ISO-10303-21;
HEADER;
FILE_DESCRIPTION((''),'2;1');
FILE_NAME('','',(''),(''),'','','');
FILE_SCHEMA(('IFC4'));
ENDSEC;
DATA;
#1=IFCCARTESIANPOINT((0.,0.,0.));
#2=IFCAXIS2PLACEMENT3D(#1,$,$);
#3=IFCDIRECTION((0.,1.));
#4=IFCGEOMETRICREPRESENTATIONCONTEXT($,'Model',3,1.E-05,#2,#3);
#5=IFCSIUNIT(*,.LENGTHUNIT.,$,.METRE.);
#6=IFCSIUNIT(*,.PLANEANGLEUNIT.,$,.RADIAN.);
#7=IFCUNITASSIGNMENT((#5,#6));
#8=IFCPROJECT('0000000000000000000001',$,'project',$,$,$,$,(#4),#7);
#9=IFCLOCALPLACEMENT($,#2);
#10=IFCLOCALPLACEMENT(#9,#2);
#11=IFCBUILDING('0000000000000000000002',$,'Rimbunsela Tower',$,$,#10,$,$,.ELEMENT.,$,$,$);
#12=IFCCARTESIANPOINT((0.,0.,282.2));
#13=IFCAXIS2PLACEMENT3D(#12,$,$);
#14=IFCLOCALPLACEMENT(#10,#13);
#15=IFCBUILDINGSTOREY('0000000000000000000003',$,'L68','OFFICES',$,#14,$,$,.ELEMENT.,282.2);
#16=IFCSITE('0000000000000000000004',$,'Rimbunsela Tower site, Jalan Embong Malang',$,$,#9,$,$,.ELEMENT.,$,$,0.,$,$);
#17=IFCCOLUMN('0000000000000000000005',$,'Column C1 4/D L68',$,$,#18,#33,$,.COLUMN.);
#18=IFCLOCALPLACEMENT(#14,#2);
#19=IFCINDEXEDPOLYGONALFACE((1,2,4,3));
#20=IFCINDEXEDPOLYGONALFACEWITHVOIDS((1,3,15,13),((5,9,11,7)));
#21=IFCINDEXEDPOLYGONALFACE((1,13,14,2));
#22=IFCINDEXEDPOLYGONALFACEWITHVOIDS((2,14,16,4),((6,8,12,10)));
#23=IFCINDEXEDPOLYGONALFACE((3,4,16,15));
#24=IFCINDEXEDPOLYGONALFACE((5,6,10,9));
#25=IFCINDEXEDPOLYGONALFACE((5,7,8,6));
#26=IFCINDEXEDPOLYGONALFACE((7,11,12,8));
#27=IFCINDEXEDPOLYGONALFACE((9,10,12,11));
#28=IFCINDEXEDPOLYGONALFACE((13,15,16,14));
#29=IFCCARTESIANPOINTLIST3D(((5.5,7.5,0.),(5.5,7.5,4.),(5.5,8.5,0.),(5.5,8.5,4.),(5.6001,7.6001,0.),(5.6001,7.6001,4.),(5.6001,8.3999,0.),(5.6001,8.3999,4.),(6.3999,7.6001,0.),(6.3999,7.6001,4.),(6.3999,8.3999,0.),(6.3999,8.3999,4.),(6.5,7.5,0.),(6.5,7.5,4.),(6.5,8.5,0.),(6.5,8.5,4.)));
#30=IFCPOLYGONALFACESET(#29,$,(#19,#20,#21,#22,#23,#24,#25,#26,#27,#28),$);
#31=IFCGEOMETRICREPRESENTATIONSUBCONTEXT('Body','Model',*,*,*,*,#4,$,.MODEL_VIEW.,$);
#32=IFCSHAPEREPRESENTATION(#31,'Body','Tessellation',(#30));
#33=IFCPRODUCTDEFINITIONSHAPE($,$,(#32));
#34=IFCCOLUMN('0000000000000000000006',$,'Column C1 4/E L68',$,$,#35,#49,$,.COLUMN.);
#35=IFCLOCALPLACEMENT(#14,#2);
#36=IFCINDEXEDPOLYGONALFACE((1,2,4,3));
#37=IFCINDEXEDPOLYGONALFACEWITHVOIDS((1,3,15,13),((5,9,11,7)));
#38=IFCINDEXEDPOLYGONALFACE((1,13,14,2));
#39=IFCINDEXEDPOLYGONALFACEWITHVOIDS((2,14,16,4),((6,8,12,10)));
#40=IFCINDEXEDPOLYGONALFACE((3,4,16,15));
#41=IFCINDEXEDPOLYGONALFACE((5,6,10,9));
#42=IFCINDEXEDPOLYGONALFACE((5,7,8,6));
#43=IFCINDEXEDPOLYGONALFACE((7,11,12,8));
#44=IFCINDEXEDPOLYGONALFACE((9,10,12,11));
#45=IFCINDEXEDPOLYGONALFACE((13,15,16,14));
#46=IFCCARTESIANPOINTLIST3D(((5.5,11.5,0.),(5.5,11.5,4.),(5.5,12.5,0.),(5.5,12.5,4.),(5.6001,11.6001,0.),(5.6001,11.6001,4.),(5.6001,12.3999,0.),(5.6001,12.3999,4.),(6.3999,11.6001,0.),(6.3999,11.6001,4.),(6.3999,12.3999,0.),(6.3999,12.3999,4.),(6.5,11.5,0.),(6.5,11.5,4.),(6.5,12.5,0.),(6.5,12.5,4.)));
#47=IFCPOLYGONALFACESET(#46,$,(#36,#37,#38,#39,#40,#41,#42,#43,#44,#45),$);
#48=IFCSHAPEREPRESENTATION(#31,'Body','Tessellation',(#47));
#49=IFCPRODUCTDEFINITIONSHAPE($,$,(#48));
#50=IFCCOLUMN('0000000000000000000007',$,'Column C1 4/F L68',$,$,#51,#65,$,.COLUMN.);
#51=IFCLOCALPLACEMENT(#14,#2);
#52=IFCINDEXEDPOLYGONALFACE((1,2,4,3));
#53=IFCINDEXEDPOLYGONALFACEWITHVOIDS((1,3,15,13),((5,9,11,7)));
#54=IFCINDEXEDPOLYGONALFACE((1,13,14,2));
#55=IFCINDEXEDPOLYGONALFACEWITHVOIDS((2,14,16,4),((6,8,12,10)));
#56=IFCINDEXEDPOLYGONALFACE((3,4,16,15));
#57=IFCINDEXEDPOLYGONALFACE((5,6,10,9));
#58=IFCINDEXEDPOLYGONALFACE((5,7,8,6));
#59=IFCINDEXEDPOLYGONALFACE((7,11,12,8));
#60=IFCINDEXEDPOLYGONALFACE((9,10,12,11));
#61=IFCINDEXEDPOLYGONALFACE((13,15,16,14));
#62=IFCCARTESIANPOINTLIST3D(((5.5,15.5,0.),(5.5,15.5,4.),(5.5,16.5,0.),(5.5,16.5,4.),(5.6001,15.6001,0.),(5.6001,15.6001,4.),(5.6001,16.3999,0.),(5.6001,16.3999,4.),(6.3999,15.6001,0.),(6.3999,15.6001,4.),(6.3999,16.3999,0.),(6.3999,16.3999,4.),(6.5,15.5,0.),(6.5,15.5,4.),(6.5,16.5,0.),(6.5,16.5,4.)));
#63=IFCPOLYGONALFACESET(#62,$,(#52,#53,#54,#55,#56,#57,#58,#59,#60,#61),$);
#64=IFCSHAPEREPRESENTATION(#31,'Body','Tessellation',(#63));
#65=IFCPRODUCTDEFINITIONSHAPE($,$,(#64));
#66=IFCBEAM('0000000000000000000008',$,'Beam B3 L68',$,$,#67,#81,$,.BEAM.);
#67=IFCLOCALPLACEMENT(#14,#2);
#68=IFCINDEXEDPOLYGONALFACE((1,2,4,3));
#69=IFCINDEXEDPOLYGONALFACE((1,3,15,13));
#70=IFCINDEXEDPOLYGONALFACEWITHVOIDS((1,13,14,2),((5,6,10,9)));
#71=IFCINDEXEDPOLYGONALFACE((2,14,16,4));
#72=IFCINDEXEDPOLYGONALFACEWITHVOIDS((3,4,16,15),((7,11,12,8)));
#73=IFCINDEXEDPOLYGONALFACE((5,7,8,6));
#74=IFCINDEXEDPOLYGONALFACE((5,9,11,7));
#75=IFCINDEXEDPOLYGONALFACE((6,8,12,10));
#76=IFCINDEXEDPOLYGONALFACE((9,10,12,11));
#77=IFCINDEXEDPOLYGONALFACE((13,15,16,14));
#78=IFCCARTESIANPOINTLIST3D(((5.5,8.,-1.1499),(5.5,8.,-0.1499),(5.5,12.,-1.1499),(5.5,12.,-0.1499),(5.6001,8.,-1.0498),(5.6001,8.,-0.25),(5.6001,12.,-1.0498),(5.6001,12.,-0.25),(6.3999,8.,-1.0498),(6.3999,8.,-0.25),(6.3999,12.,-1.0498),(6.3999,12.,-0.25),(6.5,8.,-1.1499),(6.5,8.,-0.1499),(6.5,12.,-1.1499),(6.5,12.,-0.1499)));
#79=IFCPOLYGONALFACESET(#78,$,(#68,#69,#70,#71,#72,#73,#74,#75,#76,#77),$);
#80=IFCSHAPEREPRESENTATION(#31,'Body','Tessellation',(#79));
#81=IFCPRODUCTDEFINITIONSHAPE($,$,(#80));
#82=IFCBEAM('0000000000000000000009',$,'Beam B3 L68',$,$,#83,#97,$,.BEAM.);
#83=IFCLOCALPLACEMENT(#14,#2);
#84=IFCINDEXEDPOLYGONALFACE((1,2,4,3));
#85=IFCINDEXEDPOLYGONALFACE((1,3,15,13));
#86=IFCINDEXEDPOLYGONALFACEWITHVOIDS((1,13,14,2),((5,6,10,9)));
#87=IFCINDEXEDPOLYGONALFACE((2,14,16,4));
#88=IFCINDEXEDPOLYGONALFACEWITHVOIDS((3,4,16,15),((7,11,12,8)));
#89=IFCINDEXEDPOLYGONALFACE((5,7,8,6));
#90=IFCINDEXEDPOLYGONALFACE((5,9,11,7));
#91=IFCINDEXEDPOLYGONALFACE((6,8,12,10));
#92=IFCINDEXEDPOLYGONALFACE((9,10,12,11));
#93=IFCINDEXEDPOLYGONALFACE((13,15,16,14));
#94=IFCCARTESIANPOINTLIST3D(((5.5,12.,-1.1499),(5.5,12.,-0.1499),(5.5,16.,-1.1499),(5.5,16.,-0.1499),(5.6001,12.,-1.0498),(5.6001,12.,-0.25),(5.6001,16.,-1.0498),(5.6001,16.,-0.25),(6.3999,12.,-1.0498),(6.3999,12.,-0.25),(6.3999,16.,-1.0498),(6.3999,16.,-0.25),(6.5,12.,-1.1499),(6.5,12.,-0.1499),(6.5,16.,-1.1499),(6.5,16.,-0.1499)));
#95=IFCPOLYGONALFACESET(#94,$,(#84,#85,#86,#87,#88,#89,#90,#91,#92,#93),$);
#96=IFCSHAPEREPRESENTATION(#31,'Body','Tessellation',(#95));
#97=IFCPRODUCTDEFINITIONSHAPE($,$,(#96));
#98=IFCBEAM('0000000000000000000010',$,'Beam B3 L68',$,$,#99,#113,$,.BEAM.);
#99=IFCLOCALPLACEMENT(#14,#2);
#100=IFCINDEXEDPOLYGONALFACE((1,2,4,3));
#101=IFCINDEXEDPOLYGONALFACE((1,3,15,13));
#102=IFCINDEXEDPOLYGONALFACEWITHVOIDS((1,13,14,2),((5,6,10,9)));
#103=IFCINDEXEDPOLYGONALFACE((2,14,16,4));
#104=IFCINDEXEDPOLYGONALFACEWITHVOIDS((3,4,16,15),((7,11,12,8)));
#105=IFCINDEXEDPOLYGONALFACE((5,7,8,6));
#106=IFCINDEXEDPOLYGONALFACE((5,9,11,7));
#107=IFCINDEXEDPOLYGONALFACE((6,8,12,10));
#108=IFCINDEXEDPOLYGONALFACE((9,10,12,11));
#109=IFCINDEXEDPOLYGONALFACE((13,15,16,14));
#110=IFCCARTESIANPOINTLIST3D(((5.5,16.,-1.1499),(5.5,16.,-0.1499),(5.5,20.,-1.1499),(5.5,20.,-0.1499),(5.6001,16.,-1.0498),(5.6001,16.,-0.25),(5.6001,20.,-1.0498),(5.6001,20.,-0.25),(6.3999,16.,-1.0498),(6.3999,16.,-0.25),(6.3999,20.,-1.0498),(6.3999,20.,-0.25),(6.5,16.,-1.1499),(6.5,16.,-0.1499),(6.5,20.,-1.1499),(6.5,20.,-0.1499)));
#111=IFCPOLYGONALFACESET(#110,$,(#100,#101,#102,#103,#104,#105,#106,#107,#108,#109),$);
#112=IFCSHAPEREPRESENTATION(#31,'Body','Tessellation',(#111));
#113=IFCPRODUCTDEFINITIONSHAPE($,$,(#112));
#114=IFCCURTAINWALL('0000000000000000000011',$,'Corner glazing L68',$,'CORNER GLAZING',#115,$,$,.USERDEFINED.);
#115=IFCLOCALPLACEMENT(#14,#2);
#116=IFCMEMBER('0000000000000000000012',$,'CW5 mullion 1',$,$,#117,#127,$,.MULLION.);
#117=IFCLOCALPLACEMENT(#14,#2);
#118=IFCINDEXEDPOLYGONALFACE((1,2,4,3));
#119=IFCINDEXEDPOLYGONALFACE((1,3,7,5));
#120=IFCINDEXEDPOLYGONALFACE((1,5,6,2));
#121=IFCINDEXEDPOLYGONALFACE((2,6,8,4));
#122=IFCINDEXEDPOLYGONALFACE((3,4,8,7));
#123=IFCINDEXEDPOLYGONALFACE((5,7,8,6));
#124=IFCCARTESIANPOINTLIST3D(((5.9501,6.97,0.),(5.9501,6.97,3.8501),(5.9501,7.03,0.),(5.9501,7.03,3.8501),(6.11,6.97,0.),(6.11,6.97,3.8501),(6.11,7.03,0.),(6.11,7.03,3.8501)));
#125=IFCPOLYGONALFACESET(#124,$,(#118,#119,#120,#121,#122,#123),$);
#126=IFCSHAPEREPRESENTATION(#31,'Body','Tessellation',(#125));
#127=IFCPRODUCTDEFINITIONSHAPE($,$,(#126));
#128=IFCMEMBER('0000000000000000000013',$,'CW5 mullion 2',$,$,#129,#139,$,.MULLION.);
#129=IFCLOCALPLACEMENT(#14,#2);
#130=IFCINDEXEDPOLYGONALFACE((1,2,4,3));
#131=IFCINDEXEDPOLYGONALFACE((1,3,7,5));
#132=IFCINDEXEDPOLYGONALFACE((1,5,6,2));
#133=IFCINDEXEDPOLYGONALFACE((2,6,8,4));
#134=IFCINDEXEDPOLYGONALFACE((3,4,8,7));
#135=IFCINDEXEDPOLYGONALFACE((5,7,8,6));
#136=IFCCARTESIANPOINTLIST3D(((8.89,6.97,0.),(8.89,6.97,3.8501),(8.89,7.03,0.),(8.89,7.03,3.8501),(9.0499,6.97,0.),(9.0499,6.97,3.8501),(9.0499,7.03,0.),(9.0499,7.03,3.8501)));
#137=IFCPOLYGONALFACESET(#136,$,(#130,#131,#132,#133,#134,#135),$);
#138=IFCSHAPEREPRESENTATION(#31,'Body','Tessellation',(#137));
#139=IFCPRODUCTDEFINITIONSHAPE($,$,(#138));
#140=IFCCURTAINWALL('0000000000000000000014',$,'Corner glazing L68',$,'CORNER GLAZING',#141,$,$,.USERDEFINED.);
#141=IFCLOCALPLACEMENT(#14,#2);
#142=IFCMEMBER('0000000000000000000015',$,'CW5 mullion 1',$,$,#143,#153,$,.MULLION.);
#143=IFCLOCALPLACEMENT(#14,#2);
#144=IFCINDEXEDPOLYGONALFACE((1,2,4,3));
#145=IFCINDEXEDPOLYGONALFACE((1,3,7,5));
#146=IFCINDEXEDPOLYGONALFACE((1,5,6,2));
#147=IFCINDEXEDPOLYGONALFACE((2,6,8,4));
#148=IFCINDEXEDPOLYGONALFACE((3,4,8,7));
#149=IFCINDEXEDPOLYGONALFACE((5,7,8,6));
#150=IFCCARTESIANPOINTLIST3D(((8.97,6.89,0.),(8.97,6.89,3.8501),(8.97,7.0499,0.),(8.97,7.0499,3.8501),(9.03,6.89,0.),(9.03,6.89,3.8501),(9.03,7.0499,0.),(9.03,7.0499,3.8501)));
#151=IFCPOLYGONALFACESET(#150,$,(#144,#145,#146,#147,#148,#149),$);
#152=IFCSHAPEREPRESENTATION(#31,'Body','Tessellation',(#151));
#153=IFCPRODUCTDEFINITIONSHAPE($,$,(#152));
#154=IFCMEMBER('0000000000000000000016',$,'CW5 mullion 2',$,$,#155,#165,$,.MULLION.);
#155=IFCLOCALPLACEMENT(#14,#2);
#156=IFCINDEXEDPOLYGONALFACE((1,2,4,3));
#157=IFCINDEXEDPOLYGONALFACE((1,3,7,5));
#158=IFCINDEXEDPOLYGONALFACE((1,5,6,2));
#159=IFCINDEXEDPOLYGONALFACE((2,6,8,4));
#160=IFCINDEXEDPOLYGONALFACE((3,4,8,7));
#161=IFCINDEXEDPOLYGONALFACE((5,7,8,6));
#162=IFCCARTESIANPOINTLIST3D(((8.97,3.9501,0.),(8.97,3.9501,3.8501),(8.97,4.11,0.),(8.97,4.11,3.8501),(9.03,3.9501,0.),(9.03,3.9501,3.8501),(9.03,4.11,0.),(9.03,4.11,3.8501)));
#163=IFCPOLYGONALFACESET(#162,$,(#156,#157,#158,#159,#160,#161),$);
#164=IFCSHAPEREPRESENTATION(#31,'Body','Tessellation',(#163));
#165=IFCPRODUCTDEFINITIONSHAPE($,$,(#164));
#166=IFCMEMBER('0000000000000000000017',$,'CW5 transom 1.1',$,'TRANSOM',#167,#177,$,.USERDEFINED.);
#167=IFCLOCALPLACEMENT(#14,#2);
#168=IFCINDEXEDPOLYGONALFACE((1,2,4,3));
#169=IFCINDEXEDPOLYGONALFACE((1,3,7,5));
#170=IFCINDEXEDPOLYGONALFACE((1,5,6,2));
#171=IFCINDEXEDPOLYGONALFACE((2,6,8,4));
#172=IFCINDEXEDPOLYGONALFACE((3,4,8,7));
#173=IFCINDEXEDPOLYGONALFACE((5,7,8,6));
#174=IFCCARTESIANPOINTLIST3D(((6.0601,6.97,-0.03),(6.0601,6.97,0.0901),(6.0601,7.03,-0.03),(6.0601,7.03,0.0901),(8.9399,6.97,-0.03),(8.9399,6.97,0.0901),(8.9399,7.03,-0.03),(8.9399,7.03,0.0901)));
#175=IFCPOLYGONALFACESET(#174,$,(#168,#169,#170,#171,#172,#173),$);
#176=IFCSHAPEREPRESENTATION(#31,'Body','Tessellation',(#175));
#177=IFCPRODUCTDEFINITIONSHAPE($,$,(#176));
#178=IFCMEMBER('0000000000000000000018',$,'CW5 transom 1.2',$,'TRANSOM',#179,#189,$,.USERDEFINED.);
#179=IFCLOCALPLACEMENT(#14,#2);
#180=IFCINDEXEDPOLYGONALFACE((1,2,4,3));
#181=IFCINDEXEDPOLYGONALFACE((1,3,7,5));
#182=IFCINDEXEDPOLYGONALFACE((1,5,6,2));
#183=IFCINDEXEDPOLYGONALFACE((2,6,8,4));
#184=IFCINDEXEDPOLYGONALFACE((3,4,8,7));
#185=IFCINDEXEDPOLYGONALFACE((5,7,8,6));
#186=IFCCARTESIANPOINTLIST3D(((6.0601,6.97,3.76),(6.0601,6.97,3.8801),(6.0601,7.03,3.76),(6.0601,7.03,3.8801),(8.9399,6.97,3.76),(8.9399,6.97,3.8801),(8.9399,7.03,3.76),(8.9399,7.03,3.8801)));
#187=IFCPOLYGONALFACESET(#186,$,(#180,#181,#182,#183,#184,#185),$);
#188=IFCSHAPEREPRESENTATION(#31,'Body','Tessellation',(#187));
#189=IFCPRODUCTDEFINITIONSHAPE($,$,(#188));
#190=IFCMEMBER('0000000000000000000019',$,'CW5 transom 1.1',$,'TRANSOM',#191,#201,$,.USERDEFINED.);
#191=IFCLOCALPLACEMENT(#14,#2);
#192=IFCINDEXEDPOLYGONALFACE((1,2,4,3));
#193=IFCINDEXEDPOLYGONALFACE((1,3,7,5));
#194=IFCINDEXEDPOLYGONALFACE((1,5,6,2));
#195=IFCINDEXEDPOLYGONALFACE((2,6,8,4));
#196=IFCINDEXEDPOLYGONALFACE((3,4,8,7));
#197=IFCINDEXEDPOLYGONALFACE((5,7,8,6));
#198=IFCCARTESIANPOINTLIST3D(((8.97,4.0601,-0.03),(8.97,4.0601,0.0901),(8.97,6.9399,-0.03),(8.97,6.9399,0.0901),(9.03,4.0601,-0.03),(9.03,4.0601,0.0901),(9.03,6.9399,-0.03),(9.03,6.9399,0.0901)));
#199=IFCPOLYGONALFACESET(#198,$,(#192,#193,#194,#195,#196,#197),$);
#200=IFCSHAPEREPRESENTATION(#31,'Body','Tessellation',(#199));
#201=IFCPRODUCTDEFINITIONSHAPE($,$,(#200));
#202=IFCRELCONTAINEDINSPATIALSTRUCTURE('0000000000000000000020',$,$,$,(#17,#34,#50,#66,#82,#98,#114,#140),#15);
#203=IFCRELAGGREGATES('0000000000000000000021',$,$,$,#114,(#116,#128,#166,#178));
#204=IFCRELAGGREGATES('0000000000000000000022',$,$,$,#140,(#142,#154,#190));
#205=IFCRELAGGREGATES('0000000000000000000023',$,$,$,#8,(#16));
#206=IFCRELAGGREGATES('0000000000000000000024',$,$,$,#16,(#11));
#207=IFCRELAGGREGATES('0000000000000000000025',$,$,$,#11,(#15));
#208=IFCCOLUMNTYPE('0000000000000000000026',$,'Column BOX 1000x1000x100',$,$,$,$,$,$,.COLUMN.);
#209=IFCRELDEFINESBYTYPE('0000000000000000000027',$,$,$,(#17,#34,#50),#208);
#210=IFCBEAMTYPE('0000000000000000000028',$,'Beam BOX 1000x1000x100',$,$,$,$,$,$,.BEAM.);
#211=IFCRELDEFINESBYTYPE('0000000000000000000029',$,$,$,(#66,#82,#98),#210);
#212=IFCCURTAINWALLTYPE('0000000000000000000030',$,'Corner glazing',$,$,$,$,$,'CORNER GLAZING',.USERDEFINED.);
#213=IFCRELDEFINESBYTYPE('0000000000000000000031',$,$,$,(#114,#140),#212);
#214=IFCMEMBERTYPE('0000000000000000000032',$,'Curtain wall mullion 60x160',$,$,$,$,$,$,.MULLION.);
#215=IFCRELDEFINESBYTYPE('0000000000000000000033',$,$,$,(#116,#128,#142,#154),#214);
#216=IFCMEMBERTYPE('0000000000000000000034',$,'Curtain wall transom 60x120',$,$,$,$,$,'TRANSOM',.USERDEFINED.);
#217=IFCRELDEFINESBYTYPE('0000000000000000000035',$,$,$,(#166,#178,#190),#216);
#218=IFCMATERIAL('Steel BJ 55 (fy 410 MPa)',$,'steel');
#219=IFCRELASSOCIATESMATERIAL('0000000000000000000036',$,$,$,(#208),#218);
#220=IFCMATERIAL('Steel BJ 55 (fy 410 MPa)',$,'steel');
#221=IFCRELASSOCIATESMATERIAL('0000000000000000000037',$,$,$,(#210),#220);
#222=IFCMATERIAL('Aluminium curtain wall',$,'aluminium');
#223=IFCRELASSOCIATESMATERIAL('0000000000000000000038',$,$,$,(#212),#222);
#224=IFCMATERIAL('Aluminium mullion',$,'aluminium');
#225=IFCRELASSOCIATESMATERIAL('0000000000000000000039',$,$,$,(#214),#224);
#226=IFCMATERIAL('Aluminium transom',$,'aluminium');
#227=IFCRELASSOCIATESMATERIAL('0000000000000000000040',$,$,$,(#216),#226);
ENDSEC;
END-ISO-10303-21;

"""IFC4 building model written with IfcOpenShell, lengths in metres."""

from ifc_helpers import new_model, si_unit, direction, frame, origin, origin_2d, place, context, subcontext, project, spatial, rectangle, hollow_rectangle, extrude, material, material_profile, profile_set, type_object, element, aggregate, save


model = new_model("IFC4")

# Units and contexts
model_context = context("Model", 3, precision=1e-05, world=origin(), true_north=direction((0.0, 1.0)))
body_context = subcontext(model_context, "Body", "Model", "MODEL_VIEW")
ifc_project = project(units=[si_unit("LENGTHUNIT", "METRE"), si_unit("PLANEANGLEUNIT", "RADIAN")], contexts=[model_context])

# Site, building, storey
site_placement = place(None, origin())
site = spatial("IfcSite", under=ifc_project, at=site_placement, Name="Rimbunsela Tower site, Jalan Embong Malang", CompositionType="ELEMENT", RefElevation=0.0)
building_placement = place(site_placement, origin())
building = spatial("IfcBuilding", under=site, at=building_placement, Name="Rimbunsela Tower", CompositionType="ELEMENT")
storey_placement = place(building_placement, frame((0.0, 0.0, 282.2)))
storey = spatial("IfcBuildingStorey", under=building, at=storey_placement, Name="L68", Description="OFFICES", CompositionType="ELEMENT", Elevation=282.2)

# Columns
ifc_material_1 = material(Name="Steel BJ 55 (fy 410 MPa)", Category="steel")
ifc_material_profile_1 = material_profile(ifc_material_1, hollow_rectangle(XDim=1.0, YDim=1.0, WallThickness=0.1001, at=origin_2d()), Name="BOX 1000x1000x100")
ifc_profile_set_1 = profile_set([ifc_material_profile_1], Name="Steel BJ 55 (fy 410 MPa)")
column_type = type_object("IfcColumnType", Name="Column BOX 1000x1000x100", PredefinedType="COLUMN", material=ifc_profile_set_1)
for number, where, z_axis, x_axis, name in (
    (1, (6.0, 8.0, 0.0), (0.0, 0.0, 1.0), (1.0, 0.0, 0.0), "Column C1 4/D L68"),
    (2, (6.0, 12.0, 0.0), (0.0, 0.0, 1.0), (1.0, 0.0, 0.0), "Column C1 4/E L68"),
    (3, (6.0, 16.0, 0.0), (0.0, 0.0, 1.0), (1.0, 0.0, 0.0), "Column C1 4/F L68"),
):
    element("IfcColumn", number, at=place(storey_placement, frame(where, z_axis=z_axis, x_axis=x_axis)), inside=storey, type_object=column_type, Name=name, PredefinedType="COLUMN", context=body_context, shape_type="SweptSolid", body=[
        extrude(hollow_rectangle(XDim=1.0, YDim=1.0, WallThickness=0.1001, at=origin_2d()), origin(), (0.0, 0.0, 1.0), 4.0),
    ])

# Beams
ifc_material_2 = material(Name="Steel BJ 55 (fy 410 MPa)", Category="steel")
ifc_material_profile_2 = material_profile(ifc_material_2, hollow_rectangle(XDim=1.0, YDim=1.0, WallThickness=0.1001, at=origin_2d()), Name="BOX 1000x1000x100")
ifc_profile_set_2 = profile_set([ifc_material_profile_2], Name="Steel BJ 55 (fy 410 MPa)")
beam_type = type_object("IfcBeamType", Name="Beam BOX 1000x1000x100", PredefinedType="BEAM", material=ifc_profile_set_2)
for number, where, z_axis, x_axis, name in (
    (4, (6.0, 8.0, -0.6499), (0.0, 1.0, 0.0), (-1.0, 0.0, 0.0), "Beam B3 L68"),
    (5, (6.0, 12.0, -0.6499), (0.0, 1.0, 0.0), (-1.0, 0.0, 0.0), "Beam B3 L68"),
    (6, (6.0, 16.0, -0.6499), (0.0, 1.0, 0.0), (-1.0, 0.0, 0.0), "Beam B3 L68"),
):
    element("IfcBeam", number, at=place(storey_placement, frame(where, z_axis=z_axis, x_axis=x_axis)), inside=storey, type_object=beam_type, Name=name, PredefinedType="BEAM", context=body_context, shape_type="SweptSolid", body=[
        extrude(hollow_rectangle(XDim=1.0, YDim=1.0, WallThickness=0.1001, at=origin_2d()), origin(), (0.0, 0.0, 1.0), 4.0),
    ])

# Curtain walls, members
ifc_material_3 = material(Name="Aluminium curtain wall", Category="aluminium")
curtain_wall_type = type_object("IfcCurtainWallType", Name="Corner glazing", ElementType="CORNER GLAZING", PredefinedType="USERDEFINED", material=ifc_material_3)
curtain_wall_1_placement = place(storey_placement, origin())
curtain_wall_1 = element("IfcCurtainWall", 7, at=curtain_wall_1_placement, inside=storey, type_object=curtain_wall_type, Name="Corner glazing L68", ObjectType="CORNER GLAZING", PredefinedType="USERDEFINED")
ifc_material_4 = material(Name="Aluminium mullion", Category="aluminium")
ifc_material_profile_3 = material_profile(ifc_material_4, rectangle(XDim=0.0601, YDim=0.1599, at=origin_2d()), Name="Mullion 60x160")
ifc_profile_set_3 = profile_set([ifc_material_profile_3], Name="Aluminium mullion")
member_type_1 = type_object("IfcMemberType", Name="Curtain wall mullion 60x160", PredefinedType="MULLION", material=ifc_profile_set_3)
member_1_placement = place(storey_placement, frame((6.03, 7.0, 0.0), z_axis=(0.0, 0.0, 1.0), x_axis=(0.0, 1.0, 0.0)))
member_1 = element("IfcMember", 8, at=member_1_placement, type_object=member_type_1, Name="CW5 mullion 1", PredefinedType="MULLION", context=body_context, shape_type="SweptSolid", body=[
    extrude(rectangle(XDim=0.0601, YDim=0.1599, at=origin_2d()), origin(), (0.0, 0.0, 1.0), 3.8501),
])
member_2_placement = place(storey_placement, frame((8.97, 7.0, 0.0), z_axis=(0.0, 0.0, 1.0), x_axis=(0.0, 1.0, 0.0)))
member_2 = element("IfcMember", 9, at=member_2_placement, type_object=member_type_1, Name="CW5 mullion 2", PredefinedType="MULLION", context=body_context, shape_type="SweptSolid", body=[
    extrude(rectangle(XDim=0.0601, YDim=0.1599, at=origin_2d()), origin(), (0.0, 0.0, 1.0), 3.8501),
])
curtain_wall_2_placement = place(storey_placement, origin())
curtain_wall_2 = element("IfcCurtainWall", 10, at=curtain_wall_2_placement, inside=storey, type_object=curtain_wall_type, Name="Corner glazing L68", ObjectType="CORNER GLAZING", PredefinedType="USERDEFINED")
member_3_placement = place(storey_placement, frame((9.0, 6.97, 0.0), z_axis=(0.0, 0.0, 1.0), x_axis=(1.0, 0.0, 0.0)))
member_3 = element("IfcMember", 11, at=member_3_placement, type_object=member_type_1, Name="CW5 mullion 1", PredefinedType="MULLION", context=body_context, shape_type="SweptSolid", body=[
    extrude(rectangle(XDim=0.0601, YDim=0.1599, at=origin_2d()), origin(), (0.0, 0.0, 1.0), 3.8501),
])
member_4_placement = place(storey_placement, frame((9.0, 4.03, 0.0), z_axis=(0.0, 0.0, 1.0), x_axis=(1.0, 0.0, 0.0)))
member_4 = element("IfcMember", 12, at=member_4_placement, type_object=member_type_1, Name="CW5 mullion 2", PredefinedType="MULLION", context=body_context, shape_type="SweptSolid", body=[
    extrude(rectangle(XDim=0.0601, YDim=0.1599, at=origin_2d()), origin(), (0.0, 0.0, 1.0), 3.8501),
])

# Members
ifc_material_5 = material(Name="Aluminium transom", Category="aluminium")
ifc_material_profile_4 = material_profile(ifc_material_5, rectangle(XDim=0.0601, YDim=0.1201, at=origin_2d()), Name="Transom 60x120")
ifc_profile_set_4 = profile_set([ifc_material_profile_4], Name="Aluminium transom")
member_type_2 = type_object("IfcMemberType", Name="Curtain wall transom 60x120", ElementType="TRANSOM", PredefinedType="USERDEFINED", material=ifc_profile_set_4)
member_5_placement = place(storey_placement, frame((6.0601, 7.0, 0.03), z_axis=(1.0, 0.0, 0.0), x_axis=(0.0, 1.0, 0.0)))
member_5 = element("IfcMember", 13, at=member_5_placement, type_object=member_type_2, Name="CW5 transom 1.1", ObjectType="TRANSOM", PredefinedType="USERDEFINED", context=body_context, shape_type="SweptSolid", body=[
    extrude(rectangle(XDim=0.0601, YDim=0.1201, at=origin_2d()), origin(), (0.0, 0.0, 1.0), 2.8799),
])
member_6_placement = place(storey_placement, frame((6.0601, 7.0, 3.8201), z_axis=(1.0, 0.0, 0.0), x_axis=(0.0, 1.0, 0.0)))
member_6 = element("IfcMember", 14, at=member_6_placement, type_object=member_type_2, Name="CW5 transom 1.2", ObjectType="TRANSOM", PredefinedType="USERDEFINED", context=body_context, shape_type="SweptSolid", body=[
    extrude(rectangle(XDim=0.0601, YDim=0.1201, at=origin_2d()), origin(), (0.0, 0.0, 1.0), 2.8799),
])
member_7_placement = place(storey_placement, frame((9.0, 6.9399, 0.03), z_axis=(0.0, -1.0, 0.0), x_axis=(1.0, 0.0, 0.0)))
member_7 = element("IfcMember", 15, at=member_7_placement, type_object=member_type_2, Name="CW5 transom 1.1", ObjectType="TRANSOM", PredefinedType="USERDEFINED", context=body_context, shape_type="SweptSolid", body=[
    extrude(rectangle(XDim=0.0601, YDim=0.1201, at=origin_2d()), origin(), (0.0, 0.0, 1.0), 2.8799),
])

aggregate(curtain_wall_1, [member_1, member_2, member_5, member_6])
aggregate(curtain_wall_2, [member_3, member_4, member_7])

save(model, "model.ifc")
